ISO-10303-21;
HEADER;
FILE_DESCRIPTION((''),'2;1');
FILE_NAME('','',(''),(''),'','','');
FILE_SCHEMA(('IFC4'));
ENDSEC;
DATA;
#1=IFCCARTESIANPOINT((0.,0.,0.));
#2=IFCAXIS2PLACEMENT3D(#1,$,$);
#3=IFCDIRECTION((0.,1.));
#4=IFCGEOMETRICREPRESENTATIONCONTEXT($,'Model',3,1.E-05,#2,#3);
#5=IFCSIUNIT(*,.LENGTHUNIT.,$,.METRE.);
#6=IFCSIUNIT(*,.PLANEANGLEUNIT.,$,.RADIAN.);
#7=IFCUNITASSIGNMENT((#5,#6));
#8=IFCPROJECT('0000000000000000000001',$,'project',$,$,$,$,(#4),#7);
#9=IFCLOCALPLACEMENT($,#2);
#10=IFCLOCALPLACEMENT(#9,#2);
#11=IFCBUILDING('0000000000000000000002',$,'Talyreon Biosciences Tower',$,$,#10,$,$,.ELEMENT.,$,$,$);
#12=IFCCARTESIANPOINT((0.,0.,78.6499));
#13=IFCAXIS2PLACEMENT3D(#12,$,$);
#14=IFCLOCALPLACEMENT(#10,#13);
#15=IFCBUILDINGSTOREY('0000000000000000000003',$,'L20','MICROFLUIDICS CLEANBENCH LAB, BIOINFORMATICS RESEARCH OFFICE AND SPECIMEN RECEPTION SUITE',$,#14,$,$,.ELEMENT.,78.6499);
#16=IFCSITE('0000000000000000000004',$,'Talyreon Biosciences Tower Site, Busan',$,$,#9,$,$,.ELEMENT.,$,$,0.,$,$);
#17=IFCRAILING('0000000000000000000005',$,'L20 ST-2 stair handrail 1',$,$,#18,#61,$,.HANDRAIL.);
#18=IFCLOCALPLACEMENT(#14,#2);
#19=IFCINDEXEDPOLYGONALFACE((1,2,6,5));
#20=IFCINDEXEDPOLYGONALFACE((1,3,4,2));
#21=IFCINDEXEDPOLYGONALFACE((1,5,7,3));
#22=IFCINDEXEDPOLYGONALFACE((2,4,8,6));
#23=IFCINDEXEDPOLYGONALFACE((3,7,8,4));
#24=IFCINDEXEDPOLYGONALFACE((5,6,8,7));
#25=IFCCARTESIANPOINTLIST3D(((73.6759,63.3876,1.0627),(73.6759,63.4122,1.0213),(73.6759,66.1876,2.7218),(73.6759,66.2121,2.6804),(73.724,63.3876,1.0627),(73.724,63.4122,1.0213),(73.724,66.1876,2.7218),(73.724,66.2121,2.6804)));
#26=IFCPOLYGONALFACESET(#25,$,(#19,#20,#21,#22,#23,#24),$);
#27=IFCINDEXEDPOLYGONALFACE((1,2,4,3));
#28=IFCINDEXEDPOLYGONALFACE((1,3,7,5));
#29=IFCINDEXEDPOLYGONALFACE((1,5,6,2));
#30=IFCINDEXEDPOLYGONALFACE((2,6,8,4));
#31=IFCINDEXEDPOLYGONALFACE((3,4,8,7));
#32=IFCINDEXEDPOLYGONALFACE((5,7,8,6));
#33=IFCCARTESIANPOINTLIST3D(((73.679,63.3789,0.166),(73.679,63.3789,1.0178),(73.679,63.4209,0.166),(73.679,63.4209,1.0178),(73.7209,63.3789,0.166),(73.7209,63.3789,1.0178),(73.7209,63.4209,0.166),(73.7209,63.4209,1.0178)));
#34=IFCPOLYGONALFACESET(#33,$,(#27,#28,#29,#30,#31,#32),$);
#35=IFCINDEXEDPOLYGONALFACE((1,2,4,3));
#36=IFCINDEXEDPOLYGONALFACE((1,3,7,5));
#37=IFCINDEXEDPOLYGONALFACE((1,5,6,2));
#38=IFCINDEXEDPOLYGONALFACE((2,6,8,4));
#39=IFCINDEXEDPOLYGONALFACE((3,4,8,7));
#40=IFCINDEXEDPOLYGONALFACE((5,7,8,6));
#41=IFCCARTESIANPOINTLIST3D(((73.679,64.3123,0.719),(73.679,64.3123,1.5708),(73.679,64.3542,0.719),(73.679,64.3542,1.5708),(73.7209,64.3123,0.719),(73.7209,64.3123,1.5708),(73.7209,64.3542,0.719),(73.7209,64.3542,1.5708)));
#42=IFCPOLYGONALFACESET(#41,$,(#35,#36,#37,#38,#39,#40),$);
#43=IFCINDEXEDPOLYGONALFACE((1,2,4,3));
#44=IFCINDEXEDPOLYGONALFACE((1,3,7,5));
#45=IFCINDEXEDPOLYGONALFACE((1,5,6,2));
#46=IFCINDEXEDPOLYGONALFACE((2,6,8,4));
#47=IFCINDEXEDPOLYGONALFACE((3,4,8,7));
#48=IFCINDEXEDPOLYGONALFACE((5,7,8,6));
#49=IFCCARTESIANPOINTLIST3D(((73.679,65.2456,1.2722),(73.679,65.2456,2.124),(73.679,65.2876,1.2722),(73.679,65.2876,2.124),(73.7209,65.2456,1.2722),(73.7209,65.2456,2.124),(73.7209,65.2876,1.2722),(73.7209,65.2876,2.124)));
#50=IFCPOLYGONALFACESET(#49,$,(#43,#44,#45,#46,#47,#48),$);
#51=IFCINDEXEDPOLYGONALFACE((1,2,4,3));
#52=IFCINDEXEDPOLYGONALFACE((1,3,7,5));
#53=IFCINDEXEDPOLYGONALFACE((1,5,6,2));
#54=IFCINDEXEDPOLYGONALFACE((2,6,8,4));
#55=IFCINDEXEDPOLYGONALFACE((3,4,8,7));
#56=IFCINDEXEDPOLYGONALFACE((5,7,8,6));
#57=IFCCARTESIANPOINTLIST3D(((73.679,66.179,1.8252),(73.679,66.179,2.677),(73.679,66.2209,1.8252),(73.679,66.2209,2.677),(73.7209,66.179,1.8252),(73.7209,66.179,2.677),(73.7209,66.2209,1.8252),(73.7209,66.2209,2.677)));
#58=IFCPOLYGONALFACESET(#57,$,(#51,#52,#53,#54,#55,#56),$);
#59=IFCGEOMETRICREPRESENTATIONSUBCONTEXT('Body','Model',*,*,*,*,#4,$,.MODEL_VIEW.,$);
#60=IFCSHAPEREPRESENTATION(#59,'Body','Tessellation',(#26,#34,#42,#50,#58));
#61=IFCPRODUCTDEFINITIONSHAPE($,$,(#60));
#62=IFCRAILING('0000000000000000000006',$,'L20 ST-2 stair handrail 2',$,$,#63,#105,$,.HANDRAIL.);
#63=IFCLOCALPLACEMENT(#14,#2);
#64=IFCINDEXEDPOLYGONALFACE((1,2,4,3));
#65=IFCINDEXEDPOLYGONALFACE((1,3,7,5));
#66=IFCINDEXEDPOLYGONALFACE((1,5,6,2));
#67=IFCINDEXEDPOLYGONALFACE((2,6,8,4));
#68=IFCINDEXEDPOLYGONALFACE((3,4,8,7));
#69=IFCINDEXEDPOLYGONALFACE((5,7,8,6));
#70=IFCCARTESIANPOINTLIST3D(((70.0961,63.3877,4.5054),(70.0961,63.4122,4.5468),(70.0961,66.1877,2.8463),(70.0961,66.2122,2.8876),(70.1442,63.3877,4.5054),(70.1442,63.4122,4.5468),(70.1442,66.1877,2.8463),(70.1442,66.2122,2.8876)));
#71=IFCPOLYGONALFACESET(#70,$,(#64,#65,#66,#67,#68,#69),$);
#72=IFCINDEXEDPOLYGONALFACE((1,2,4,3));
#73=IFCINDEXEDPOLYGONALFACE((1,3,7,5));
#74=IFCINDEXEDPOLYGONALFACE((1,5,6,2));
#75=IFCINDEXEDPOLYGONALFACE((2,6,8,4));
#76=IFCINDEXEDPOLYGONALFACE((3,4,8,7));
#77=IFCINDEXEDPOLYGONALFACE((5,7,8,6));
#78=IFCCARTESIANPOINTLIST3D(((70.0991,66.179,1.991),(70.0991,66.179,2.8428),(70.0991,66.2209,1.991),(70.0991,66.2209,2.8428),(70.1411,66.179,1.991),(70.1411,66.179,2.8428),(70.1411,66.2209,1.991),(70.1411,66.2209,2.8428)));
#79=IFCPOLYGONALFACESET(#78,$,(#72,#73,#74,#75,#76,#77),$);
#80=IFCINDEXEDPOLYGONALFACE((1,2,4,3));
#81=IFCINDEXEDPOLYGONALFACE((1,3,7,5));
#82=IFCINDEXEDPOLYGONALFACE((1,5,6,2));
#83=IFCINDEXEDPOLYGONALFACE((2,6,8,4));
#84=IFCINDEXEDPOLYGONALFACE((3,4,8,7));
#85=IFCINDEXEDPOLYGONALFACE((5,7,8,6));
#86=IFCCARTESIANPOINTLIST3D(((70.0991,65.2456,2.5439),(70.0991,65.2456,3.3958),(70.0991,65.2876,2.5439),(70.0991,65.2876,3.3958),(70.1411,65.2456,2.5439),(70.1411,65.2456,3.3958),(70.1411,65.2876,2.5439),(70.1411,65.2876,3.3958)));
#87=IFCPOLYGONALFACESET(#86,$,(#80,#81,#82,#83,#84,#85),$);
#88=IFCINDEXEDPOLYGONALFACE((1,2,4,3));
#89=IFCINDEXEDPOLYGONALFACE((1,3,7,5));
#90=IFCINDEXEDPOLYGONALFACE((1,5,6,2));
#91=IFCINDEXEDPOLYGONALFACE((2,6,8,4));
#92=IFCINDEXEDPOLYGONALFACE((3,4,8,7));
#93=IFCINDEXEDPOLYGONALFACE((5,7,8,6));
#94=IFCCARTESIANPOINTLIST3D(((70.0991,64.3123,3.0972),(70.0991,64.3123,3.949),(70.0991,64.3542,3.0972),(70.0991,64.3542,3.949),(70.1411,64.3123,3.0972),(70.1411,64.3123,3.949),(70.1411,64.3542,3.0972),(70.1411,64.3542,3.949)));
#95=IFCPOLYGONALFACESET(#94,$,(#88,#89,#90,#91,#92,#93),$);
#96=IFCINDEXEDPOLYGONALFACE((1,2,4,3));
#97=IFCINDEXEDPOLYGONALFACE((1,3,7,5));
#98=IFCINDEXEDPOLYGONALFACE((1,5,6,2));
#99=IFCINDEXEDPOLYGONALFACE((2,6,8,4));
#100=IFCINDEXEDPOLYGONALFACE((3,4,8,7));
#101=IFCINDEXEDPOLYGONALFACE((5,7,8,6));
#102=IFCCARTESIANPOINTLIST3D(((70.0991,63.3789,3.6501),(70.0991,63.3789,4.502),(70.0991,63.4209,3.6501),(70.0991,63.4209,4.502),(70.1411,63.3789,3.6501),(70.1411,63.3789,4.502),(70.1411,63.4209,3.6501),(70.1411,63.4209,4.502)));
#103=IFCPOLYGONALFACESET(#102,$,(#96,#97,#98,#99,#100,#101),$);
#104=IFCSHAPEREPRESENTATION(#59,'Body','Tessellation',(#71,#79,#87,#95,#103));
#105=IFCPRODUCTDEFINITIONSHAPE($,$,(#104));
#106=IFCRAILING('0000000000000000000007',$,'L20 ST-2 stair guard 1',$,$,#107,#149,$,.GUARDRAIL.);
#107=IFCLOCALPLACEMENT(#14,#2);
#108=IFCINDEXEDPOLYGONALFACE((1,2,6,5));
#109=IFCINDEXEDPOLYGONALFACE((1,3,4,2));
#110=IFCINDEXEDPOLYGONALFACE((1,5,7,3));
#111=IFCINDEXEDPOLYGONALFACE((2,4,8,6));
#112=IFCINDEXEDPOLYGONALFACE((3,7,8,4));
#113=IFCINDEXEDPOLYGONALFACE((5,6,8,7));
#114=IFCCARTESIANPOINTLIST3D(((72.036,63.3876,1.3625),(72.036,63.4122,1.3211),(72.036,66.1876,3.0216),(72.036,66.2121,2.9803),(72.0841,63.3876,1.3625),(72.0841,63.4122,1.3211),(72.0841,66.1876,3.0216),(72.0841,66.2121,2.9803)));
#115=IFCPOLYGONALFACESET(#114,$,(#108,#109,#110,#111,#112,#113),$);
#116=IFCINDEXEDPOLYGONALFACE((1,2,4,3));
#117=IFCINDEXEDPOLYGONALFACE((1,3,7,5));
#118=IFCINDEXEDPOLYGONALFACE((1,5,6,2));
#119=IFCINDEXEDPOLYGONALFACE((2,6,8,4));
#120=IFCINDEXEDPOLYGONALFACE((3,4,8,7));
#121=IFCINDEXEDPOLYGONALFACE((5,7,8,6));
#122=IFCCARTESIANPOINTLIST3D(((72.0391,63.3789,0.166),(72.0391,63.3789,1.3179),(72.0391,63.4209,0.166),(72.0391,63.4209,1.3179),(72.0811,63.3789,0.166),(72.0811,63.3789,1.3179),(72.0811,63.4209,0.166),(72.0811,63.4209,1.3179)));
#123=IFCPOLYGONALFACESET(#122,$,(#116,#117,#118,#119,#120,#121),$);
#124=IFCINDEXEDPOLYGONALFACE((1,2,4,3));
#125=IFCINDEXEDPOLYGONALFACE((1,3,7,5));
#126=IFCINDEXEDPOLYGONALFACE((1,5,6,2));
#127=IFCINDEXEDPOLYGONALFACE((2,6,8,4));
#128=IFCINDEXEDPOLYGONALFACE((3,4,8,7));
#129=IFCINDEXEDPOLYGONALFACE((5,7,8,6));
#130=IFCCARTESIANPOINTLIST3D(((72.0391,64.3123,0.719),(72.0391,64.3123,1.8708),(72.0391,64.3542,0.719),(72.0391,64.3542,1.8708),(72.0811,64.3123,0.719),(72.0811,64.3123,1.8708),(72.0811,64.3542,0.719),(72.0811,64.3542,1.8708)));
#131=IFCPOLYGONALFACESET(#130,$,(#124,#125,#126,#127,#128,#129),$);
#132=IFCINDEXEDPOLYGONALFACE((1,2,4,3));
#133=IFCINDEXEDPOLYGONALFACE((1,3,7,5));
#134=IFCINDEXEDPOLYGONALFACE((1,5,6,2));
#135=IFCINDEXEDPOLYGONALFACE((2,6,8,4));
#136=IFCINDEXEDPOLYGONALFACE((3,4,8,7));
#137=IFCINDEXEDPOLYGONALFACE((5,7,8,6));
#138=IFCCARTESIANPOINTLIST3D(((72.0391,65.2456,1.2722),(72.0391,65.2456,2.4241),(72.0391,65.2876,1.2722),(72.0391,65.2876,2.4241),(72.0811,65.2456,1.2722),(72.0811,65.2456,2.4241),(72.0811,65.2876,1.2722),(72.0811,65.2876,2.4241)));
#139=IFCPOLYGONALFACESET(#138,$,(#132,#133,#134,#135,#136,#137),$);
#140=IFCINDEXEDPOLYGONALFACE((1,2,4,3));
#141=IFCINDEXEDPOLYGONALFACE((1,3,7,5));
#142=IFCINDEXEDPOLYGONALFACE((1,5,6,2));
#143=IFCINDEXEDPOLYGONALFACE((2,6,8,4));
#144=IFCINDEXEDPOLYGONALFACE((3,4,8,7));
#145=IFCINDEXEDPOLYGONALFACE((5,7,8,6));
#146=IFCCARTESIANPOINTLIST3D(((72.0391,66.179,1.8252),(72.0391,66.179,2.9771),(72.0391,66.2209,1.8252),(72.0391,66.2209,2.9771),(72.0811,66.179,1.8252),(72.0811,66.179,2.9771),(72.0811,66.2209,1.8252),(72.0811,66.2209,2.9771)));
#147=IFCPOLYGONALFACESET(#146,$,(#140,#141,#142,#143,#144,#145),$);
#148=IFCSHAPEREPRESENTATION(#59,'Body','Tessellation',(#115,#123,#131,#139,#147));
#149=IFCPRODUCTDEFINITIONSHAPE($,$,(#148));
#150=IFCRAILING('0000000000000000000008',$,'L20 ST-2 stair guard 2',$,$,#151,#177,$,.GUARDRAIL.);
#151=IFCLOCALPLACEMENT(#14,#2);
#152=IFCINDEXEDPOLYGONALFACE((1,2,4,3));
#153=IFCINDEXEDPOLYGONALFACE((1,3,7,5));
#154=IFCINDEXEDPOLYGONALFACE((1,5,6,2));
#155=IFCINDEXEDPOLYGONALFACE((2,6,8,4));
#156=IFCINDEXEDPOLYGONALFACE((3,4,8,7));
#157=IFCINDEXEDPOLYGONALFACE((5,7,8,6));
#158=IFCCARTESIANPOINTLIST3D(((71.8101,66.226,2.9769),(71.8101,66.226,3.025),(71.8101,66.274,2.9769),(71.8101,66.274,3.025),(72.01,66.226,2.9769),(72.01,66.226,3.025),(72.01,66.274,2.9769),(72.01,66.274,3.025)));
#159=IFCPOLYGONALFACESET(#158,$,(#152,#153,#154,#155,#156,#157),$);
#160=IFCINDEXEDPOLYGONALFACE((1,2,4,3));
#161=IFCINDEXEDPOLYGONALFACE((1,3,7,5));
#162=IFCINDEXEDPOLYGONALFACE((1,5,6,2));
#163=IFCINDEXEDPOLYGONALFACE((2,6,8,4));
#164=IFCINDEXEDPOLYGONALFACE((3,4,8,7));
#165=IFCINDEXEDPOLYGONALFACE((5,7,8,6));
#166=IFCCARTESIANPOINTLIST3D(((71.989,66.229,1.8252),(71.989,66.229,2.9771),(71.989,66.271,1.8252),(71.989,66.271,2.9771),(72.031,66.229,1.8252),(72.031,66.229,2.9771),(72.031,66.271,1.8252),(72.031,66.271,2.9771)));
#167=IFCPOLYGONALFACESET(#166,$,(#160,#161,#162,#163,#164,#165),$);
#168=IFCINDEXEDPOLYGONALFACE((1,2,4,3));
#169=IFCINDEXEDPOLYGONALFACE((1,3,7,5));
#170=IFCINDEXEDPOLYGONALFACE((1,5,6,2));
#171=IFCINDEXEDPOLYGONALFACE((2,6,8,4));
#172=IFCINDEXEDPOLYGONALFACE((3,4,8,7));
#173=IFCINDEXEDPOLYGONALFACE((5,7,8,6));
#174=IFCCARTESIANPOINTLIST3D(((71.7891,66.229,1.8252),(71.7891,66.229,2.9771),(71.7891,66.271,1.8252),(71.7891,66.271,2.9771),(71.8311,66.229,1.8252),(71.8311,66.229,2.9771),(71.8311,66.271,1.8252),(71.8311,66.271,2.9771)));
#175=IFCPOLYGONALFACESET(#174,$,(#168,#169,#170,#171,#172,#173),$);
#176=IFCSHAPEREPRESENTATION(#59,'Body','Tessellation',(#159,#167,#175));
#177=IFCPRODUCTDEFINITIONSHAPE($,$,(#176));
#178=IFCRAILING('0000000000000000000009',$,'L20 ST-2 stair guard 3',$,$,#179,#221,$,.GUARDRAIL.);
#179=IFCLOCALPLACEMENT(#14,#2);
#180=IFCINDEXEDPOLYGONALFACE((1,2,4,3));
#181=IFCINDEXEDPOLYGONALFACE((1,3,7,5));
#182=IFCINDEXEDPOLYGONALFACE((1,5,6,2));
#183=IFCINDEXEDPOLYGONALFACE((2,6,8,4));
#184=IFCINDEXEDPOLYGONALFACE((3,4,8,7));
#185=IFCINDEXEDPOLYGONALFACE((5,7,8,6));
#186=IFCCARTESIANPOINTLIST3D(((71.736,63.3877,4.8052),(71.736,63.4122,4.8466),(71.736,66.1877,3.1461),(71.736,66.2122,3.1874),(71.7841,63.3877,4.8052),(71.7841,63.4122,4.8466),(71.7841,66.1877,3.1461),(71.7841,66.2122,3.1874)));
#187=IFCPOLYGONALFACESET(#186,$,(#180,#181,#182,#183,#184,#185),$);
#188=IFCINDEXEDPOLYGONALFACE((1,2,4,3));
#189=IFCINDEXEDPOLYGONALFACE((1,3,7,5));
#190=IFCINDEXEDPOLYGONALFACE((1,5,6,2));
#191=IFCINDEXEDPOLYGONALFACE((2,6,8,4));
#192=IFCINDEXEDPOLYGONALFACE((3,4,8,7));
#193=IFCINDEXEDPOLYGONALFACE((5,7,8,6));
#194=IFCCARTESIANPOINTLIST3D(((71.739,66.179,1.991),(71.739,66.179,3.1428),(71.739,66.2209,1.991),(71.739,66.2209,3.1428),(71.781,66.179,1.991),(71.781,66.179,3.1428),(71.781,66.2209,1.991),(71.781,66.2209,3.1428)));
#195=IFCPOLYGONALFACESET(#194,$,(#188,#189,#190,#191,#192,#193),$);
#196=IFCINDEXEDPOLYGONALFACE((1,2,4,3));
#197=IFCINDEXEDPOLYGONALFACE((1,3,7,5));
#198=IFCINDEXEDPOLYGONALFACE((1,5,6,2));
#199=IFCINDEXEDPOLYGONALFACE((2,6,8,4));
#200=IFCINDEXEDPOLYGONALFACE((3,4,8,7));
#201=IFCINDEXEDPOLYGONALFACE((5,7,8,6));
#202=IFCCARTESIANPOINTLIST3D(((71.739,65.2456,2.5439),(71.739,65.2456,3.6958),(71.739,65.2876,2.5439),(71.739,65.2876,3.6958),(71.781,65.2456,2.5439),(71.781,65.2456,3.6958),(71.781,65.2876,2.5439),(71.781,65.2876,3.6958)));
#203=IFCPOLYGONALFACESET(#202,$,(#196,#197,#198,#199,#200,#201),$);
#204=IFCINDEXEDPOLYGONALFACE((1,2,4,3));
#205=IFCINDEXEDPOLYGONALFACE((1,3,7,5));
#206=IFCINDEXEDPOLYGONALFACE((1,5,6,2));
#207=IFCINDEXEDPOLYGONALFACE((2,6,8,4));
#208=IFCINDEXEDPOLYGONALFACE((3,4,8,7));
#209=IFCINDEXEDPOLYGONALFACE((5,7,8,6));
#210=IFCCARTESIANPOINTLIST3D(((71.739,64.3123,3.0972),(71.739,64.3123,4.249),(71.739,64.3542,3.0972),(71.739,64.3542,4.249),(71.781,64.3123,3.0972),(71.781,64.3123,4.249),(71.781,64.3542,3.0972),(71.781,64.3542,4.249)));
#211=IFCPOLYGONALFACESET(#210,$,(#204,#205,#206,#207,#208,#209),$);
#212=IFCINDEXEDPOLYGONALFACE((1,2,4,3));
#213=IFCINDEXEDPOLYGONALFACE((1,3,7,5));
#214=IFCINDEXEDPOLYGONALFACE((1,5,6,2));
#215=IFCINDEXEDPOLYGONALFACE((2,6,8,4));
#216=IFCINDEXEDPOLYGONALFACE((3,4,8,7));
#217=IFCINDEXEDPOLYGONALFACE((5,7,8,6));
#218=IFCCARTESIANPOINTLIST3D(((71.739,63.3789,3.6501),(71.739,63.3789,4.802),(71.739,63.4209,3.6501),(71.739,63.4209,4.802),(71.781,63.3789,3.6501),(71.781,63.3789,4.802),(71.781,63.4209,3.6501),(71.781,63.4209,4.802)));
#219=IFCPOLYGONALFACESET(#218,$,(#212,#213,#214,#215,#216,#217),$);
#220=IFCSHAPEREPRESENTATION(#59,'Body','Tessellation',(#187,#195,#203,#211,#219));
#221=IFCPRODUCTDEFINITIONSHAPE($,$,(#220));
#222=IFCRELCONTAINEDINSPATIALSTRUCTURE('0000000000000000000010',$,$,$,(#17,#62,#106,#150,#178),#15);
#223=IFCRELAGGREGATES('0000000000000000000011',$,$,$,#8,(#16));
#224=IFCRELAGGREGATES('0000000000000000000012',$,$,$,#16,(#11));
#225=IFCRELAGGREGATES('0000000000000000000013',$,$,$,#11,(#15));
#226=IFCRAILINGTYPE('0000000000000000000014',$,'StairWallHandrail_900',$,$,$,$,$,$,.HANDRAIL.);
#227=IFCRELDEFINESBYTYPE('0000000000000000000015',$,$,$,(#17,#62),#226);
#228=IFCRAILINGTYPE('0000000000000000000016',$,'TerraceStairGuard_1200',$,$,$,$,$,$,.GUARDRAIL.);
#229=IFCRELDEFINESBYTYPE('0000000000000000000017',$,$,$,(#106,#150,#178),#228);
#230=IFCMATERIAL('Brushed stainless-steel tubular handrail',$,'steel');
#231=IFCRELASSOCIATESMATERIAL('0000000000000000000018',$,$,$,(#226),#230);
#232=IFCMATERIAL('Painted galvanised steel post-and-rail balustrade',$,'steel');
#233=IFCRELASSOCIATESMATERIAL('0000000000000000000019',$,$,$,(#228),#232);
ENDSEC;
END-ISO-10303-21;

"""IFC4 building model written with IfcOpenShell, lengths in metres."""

from ifc_helpers import new_model, si_unit, direction, frame, origin, origin_2d, place, context, subcontext, project, spatial, rectangle, extrude, material, type_object, element, save


model = new_model("IFC4")

# Units and contexts
model_context = context("Model", 3, precision=1e-05, world=origin(), true_north=direction((0.0, 1.0)))
body_context = subcontext(model_context, "Body", "Model", "MODEL_VIEW")
ifc_project = project(units=[si_unit("LENGTHUNIT", "METRE"), si_unit("PLANEANGLEUNIT", "RADIAN")], contexts=[model_context])

# Site, building, storey
site_placement = place(None, origin())
site = spatial("IfcSite", under=ifc_project, at=site_placement, Name="Talyreon Biosciences Tower Site, Busan", CompositionType="ELEMENT", RefElevation=0.0)
building_placement = place(site_placement, origin())
building = spatial("IfcBuilding", under=site, at=building_placement, Name="Talyreon Biosciences Tower", CompositionType="ELEMENT")
storey_placement = place(building_placement, frame((0.0, 0.0, 78.6499)))
storey = spatial("IfcBuildingStorey", under=building, at=storey_placement, Name="L20", Description="MICROFLUIDICS CLEANBENCH LAB, BIOINFORMATICS RESEARCH OFFICE AND SPECIMEN RECEPTION SUITE", CompositionType="ELEMENT", Elevation=78.6499)

# Railings
ifc_material_1 = material(Name="Brushed stainless-steel tubular handrail", Category="steel")
railing_type_1 = type_object("IfcRailingType", Name="StairWallHandrail_900", PredefinedType="HANDRAIL", material=ifc_material_1)
railing_1_placement = place(storey_placement, frame((73.7, 63.3999, 0.166)))
element("IfcRailing", 1, at=railing_1_placement, inside=storey, type_object=railing_type_1, Name="L20 ST-2 stair handrail 1", PredefinedType="HANDRAIL", context=body_context, shape_type="SweptSolid", body=[
    extrude(rectangle(XDim=0.0481, YDim=0.0481, at=origin_2d()), frame((0.0, 0.0, 0.876), z_axis=(0.0, 0.860306, 0.509778), x_axis=(-1.0, 0.0, 0.0)), (0.0, 0.0, 1.0), 3.2546),
    extrude(rectangle(XDim=0.042, YDim=0.042, at=origin_2d()), origin(), (0.0, 0.0, 1.0), 0.8518),
    extrude(rectangle(XDim=0.042, YDim=0.042, at=origin_2d()), frame((0.0, 0.9333, 0.553)), (0.0, 0.0, 1.0), 0.8518),
    extrude(rectangle(XDim=0.042, YDim=0.042, at=origin_2d()), frame((0.0, 1.8667, 1.1062)), (0.0, 0.0, 1.0), 0.8518),
    extrude(rectangle(XDim=0.042, YDim=0.042, at=origin_2d()), frame((0.0, 2.8, 1.6592)), (0.0, 0.0, 1.0), 0.8518),
])
railing_2_placement = place(storey_placement, frame((70.1201, 66.2, 1.991)))
element("IfcRailing", 2, at=railing_2_placement, inside=storey, type_object=railing_type_1, Name="L20 ST-2 stair handrail 2", PredefinedType="HANDRAIL", context=body_context, shape_type="SweptSolid", body=[
    extrude(rectangle(XDim=0.0481, YDim=0.0481, at=origin_2d()), frame((0.0, 0.0, 0.876), z_axis=(0.0, -0.860306, 0.509778), x_axis=(1.0, 0.0, 0.0)), (0.0, 0.0, 1.0), 3.2546),
    extrude(rectangle(XDim=0.042, YDim=0.042, at=origin_2d()), origin(), (0.0, 0.0, 1.0), 0.8518),
    extrude(rectangle(XDim=0.042, YDim=0.042, at=origin_2d()), frame((0.0, -0.9333, 0.553)), (0.0, 0.0, 1.0), 0.8518),
    extrude(rectangle(XDim=0.042, YDim=0.042, at=origin_2d()), frame((0.0, -1.8667, 1.1062)), (0.0, 0.0, 1.0), 0.8518),
    extrude(rectangle(XDim=0.042, YDim=0.042, at=origin_2d()), frame((0.0, -2.8, 1.6592)), (0.0, 0.0, 1.0), 0.8518),
])
ifc_material_2 = material(Name="Painted galvanised steel post-and-rail balustrade", Category="steel")
railing_type_2 = type_object("IfcRailingType", Name="TerraceStairGuard_1200", PredefinedType="GUARDRAIL", material=ifc_material_2)
railing_3_placement = place(storey_placement, frame((72.0601, 63.3999, 0.166)))
element("IfcRailing", 3, at=railing_3_placement, inside=storey, type_object=railing_type_2, Name="L20 ST-2 stair guard 1", PredefinedType="GUARDRAIL", context=body_context, shape_type="SweptSolid", body=[
    extrude(rectangle(XDim=0.0481, YDim=0.0481, at=origin_2d()), frame((0.0, 0.0, 1.1758), z_axis=(0.0, 0.860306, 0.509778), x_axis=(-1.0, 0.0, 0.0)), (0.0, 0.0, 1.0), 3.2546),
    extrude(rectangle(XDim=0.042, YDim=0.042, at=origin_2d()), origin(), (0.0, 0.0, 1.0), 1.1519),
    extrude(rectangle(XDim=0.042, YDim=0.042, at=origin_2d()), frame((0.0, 0.9333, 0.553)), (0.0, 0.0, 1.0), 1.1519),
    extrude(rectangle(XDim=0.042, YDim=0.042, at=origin_2d()), frame((0.0, 1.8667, 1.1062)), (0.0, 0.0, 1.0), 1.1519),
    extrude(rectangle(XDim=0.042, YDim=0.042, at=origin_2d()), frame((0.0, 2.8, 1.6592)), (0.0, 0.0, 1.0), 1.1519),
])
railing_4_placement = place(storey_placement, frame((72.01, 66.25, 1.8252)))
element("IfcRailing", 4, at=railing_4_placement, inside=storey, type_object=railing_type_2, Name="L20 ST-2 stair guard 2", PredefinedType="GUARDRAIL", context=body_context, shape_type="SweptSolid", body=[
    extrude(rectangle(XDim=0.0481, YDim=0.0481, at=origin_2d()), frame((0.0, 0.0, 1.1758), z_axis=(-1.0, 0.0, 0.0), x_axis=(0.0, -1.0, 0.0)), (0.0, 0.0, 1.0), 0.2),
    extrude(rectangle(XDim=0.042, YDim=0.042, at=origin_2d()), origin(), (0.0, 0.0, 1.0), 1.1519),
    extrude(rectangle(XDim=0.042, YDim=0.042, at=origin_2d()), frame((-0.2, 0.0, 0.0)), (0.0, 0.0, 1.0), 1.1519),
])
railing_5_placement = place(storey_placement, frame((71.76, 66.2, 1.991)))
element("IfcRailing", 5, at=railing_5_placement, inside=storey, type_object=railing_type_2, Name="L20 ST-2 stair guard 3", PredefinedType="GUARDRAIL", context=body_context, shape_type="SweptSolid", body=[
    extrude(rectangle(XDim=0.0481, YDim=0.0481, at=origin_2d()), frame((0.0, 0.0, 1.1758), z_axis=(0.0, -0.860306, 0.509778), x_axis=(1.0, 0.0, 0.0)), (0.0, 0.0, 1.0), 3.2546),
    extrude(rectangle(XDim=0.042, YDim=0.042, at=origin_2d()), origin(), (0.0, 0.0, 1.0), 1.1519),
    extrude(rectangle(XDim=0.042, YDim=0.042, at=origin_2d()), frame((0.0, -0.9333, 0.553)), (0.0, 0.0, 1.0), 1.1519),
    extrude(rectangle(XDim=0.042, YDim=0.042, at=origin_2d()), frame((0.0, -1.8667, 1.1062)), (0.0, 0.0, 1.0), 1.1519),
    extrude(rectangle(XDim=0.042, YDim=0.042, at=origin_2d()), frame((0.0, -2.8, 1.6592)), (0.0, 0.0, 1.0), 1.1519),
])

save(model, "model.ifc")
